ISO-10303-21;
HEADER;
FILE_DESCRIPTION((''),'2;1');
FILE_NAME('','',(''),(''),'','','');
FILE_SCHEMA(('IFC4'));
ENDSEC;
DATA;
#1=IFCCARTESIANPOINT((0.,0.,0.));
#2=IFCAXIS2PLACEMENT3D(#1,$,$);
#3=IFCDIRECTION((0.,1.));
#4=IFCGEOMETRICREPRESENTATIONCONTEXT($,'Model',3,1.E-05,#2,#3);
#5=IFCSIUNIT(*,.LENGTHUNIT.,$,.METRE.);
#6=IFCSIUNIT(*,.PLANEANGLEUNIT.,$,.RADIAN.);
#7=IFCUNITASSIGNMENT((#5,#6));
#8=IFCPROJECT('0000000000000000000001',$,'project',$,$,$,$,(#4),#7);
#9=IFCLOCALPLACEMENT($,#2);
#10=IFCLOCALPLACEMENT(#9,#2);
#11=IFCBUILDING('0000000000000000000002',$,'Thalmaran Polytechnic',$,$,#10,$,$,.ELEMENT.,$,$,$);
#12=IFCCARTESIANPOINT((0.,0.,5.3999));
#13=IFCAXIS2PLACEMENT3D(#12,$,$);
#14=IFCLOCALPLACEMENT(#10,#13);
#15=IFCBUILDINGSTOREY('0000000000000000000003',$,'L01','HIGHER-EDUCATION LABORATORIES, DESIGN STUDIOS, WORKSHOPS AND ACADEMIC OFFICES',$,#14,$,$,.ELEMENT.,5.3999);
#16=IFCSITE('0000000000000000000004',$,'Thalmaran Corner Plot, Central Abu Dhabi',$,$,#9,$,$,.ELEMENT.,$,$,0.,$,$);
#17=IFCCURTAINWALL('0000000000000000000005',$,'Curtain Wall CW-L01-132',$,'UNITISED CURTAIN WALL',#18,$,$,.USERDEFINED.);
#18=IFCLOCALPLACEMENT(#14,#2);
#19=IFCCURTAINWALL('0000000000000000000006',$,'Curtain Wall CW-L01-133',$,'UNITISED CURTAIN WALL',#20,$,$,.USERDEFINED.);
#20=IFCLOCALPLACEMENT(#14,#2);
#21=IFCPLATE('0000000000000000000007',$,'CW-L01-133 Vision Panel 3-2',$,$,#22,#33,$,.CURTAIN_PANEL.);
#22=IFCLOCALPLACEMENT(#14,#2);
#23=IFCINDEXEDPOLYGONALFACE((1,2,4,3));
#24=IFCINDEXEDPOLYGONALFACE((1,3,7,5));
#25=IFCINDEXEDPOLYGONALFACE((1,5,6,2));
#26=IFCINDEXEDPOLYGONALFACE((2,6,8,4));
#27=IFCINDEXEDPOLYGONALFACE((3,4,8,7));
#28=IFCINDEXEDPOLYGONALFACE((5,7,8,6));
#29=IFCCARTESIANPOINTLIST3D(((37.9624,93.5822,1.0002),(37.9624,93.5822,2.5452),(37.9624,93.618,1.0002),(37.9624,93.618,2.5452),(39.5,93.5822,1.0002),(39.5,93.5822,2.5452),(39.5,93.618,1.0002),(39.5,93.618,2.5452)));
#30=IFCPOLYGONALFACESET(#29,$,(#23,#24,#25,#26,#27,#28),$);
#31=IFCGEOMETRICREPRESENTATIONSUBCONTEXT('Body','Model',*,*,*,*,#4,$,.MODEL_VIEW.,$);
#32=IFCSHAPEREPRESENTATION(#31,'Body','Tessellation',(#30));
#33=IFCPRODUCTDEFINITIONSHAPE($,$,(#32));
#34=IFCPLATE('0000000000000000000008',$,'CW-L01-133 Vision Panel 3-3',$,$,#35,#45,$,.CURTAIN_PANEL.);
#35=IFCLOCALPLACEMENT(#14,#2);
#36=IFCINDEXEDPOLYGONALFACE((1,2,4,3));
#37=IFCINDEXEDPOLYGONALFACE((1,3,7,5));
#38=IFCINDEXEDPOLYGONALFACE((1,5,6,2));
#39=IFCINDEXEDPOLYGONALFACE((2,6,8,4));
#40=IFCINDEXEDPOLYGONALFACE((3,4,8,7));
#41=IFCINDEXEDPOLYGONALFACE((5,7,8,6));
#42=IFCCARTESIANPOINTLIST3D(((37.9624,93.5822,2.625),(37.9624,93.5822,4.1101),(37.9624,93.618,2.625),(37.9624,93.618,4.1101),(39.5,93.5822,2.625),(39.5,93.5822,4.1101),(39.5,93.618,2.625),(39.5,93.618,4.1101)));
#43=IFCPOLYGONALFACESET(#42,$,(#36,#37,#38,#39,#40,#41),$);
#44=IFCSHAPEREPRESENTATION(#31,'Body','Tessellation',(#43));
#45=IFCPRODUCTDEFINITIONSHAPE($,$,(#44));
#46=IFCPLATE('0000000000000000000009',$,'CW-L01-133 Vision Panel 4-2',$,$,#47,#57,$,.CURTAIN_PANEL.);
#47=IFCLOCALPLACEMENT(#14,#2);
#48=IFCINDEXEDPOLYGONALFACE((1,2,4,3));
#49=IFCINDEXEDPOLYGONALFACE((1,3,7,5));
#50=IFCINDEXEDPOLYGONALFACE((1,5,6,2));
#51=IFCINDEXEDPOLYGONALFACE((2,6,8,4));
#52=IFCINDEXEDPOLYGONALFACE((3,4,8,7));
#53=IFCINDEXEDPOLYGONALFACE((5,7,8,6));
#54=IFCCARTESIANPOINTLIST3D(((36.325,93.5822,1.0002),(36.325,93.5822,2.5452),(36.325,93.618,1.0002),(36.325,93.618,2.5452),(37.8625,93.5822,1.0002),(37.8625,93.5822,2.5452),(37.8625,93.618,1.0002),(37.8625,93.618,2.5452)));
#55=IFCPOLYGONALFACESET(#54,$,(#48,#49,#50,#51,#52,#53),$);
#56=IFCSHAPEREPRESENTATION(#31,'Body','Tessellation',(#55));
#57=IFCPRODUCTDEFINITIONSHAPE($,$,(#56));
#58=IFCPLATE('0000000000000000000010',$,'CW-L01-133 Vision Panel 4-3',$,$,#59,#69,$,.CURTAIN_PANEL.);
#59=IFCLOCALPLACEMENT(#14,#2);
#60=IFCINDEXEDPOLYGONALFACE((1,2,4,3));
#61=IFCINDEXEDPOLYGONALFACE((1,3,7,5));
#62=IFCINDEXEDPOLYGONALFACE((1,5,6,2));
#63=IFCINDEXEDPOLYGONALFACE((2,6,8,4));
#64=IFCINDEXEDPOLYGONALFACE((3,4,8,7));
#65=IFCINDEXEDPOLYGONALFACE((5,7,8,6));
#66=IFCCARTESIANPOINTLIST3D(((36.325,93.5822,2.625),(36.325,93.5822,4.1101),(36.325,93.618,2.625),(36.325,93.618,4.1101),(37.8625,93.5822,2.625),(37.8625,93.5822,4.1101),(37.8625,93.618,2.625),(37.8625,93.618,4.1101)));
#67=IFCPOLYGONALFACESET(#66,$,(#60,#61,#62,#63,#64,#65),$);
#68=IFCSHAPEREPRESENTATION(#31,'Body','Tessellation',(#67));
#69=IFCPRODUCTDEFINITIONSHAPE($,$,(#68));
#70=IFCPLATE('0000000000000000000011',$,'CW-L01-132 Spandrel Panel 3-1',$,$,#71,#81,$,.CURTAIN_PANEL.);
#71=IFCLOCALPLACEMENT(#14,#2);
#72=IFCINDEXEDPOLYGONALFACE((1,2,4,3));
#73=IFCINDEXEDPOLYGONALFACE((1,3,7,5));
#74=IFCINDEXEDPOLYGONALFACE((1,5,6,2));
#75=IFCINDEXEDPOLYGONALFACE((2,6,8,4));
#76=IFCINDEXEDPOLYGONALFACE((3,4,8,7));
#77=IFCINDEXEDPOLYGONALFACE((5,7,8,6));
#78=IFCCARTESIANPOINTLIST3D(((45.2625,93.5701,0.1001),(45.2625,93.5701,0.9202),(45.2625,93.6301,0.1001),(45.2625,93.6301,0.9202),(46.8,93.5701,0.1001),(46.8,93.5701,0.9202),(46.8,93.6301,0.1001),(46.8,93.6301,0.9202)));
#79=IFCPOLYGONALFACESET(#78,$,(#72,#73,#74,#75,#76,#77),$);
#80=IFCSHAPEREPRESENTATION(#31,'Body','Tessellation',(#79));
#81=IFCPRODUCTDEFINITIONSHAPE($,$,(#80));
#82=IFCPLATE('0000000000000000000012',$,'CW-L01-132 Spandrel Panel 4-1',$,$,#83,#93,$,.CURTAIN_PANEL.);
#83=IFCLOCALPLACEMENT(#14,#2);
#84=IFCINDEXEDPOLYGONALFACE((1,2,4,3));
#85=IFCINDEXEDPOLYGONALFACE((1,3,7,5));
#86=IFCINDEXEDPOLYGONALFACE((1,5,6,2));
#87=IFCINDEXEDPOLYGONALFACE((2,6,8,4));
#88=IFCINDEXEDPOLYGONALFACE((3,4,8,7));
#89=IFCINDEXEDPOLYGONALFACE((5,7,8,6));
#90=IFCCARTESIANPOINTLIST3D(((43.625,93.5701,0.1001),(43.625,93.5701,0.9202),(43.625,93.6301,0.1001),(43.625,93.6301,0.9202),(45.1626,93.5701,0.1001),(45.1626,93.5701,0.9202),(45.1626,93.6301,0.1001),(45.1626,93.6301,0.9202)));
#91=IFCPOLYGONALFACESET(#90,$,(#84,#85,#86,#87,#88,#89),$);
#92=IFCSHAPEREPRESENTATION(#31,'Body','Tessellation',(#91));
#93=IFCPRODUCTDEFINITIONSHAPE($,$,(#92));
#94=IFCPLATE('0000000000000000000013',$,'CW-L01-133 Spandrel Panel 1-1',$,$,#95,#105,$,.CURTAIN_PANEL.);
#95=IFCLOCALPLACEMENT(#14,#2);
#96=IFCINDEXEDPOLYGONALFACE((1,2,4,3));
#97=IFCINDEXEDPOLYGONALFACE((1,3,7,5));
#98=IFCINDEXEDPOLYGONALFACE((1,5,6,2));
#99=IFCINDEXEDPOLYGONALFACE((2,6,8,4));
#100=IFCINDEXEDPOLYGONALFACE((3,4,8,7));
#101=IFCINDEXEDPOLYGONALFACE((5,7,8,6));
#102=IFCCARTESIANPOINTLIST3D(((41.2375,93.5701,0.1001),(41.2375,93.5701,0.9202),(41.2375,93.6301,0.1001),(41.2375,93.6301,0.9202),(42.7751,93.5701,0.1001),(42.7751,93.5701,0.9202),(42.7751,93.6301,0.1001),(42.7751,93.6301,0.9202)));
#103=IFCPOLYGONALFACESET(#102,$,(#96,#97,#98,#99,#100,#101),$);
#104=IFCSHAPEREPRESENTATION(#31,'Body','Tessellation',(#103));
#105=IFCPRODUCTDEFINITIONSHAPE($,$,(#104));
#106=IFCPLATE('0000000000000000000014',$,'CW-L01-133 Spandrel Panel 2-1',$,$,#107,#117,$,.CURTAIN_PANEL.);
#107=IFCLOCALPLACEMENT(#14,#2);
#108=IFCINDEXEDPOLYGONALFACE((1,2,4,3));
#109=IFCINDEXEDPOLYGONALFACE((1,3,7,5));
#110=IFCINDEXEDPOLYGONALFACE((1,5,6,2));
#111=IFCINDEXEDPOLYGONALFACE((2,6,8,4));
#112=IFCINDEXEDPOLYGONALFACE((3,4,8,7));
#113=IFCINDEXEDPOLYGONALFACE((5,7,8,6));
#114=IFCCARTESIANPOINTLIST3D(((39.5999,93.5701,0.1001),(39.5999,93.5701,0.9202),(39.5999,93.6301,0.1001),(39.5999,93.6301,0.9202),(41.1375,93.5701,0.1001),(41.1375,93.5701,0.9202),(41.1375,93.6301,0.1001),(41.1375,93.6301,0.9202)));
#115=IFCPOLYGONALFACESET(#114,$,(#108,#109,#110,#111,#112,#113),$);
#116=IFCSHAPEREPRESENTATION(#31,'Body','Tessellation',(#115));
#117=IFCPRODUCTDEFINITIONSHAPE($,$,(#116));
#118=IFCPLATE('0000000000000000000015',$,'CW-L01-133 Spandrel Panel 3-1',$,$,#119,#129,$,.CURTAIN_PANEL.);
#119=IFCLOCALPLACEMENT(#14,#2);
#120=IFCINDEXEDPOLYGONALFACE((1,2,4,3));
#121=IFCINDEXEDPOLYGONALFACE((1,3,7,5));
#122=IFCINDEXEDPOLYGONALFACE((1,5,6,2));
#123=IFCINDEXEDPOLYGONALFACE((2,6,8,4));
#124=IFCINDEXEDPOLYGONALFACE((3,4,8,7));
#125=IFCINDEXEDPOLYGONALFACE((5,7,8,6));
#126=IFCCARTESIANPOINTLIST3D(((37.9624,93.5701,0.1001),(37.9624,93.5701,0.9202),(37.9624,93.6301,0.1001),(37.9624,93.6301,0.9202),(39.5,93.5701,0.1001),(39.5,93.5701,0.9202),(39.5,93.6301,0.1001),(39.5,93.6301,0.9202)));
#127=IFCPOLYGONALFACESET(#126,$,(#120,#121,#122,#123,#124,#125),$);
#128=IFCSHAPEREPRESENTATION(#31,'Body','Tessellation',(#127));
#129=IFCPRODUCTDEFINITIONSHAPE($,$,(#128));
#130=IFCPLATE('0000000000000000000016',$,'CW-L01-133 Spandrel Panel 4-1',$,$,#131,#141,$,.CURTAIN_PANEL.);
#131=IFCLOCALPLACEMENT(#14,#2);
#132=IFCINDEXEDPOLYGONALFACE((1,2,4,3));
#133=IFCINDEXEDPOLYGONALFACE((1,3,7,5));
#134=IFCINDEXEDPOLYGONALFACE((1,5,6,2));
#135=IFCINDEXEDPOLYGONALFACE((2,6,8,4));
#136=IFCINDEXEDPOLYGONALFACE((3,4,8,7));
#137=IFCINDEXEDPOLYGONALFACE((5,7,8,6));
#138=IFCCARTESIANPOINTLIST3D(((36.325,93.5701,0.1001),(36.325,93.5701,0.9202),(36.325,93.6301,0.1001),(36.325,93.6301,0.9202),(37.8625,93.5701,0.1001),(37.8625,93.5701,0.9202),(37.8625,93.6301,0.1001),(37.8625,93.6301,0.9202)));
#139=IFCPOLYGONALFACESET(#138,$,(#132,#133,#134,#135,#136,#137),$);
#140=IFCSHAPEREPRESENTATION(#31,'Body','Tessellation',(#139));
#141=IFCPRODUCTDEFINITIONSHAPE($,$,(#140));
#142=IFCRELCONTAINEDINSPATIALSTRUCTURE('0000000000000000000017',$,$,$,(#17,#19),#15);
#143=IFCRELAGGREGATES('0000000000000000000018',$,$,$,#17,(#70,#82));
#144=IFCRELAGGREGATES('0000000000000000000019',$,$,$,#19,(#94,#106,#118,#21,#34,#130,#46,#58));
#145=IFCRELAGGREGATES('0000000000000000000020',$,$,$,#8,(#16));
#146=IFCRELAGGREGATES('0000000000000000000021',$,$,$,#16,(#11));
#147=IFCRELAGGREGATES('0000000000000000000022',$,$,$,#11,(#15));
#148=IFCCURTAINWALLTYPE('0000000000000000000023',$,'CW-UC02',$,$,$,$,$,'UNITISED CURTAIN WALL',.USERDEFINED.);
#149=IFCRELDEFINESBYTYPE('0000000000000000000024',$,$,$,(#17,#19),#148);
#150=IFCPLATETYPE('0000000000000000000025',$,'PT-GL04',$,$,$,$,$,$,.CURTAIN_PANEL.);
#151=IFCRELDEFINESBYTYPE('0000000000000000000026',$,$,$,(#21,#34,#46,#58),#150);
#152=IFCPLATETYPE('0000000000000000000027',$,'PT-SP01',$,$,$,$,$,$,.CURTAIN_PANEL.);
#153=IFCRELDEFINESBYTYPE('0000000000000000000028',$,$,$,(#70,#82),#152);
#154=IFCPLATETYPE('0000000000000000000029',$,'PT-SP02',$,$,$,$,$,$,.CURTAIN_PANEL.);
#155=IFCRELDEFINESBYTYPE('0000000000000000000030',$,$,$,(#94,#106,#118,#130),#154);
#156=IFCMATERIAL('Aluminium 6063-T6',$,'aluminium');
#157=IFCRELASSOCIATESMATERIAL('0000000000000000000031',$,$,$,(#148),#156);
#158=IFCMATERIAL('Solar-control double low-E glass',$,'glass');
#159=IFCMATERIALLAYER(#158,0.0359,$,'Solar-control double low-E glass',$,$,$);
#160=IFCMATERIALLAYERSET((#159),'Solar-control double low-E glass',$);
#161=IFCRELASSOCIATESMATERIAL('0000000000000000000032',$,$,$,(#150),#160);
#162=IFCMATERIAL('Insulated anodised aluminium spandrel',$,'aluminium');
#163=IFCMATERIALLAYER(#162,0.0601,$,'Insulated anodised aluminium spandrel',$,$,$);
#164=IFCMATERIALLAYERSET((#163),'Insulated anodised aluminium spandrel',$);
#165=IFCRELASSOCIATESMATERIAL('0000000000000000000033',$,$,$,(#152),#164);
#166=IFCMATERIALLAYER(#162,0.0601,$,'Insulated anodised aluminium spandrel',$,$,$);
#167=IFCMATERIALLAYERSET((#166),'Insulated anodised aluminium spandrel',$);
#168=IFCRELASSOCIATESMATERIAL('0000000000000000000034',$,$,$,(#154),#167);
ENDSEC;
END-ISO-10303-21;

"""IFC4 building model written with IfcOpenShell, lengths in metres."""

from ifc_helpers import new_model, si_unit, direction, frame, origin, origin_2d, place, context, subcontext, project, spatial, rectangle, extrude, material, layer, layer_set, type_object, element, aggregate, save


model = new_model("IFC4")

# Units and contexts
model_context = context("Model", 3, precision=1e-05, world=origin(), true_north=direction((0.0, 1.0)))
body_context = subcontext(model_context, "Body", "Model", "MODEL_VIEW")
ifc_project = project(units=[si_unit("LENGTHUNIT", "METRE"), si_unit("PLANEANGLEUNIT", "RADIAN")], contexts=[model_context])

# Site, building, storey
site_placement = place(None, origin())
site = spatial("IfcSite", under=ifc_project, at=site_placement, Name="Thalmaran Corner Plot, Central Abu Dhabi", CompositionType="ELEMENT", RefElevation=0.0)
building_placement = place(site_placement, origin())
building = spatial("IfcBuilding", under=site, at=building_placement, Name="Thalmaran Polytechnic", CompositionType="ELEMENT")
storey_placement = place(building_placement, frame((0.0, 0.0, 5.3999)))
storey = spatial("IfcBuildingStorey", under=building, at=storey_placement, Name="L01", Description="HIGHER-EDUCATION LABORATORIES, DESIGN STUDIOS, WORKSHOPS AND ACADEMIC OFFICES", CompositionType="ELEMENT", Elevation=5.3999)

# Curtain walls
ifc_material_1 = material(Name="Aluminium 6063-T6", Category="aluminium")
curtain_wall_type = type_object("IfcCurtainWallType", Name="CW-UC02", ElementType="UNITISED CURTAIN WALL", PredefinedType="USERDEFINED", material=ifc_material_1)
curtain_wall_1_placement = place(storey_placement, origin())
curtain_wall_1 = element("IfcCurtainWall", 1, at=curtain_wall_1_placement, inside=storey, type_object=curtain_wall_type, Name="Curtain Wall CW-L01-132", ObjectType="UNITISED CURTAIN WALL", PredefinedType="USERDEFINED")
curtain_wall_2_placement = place(storey_placement, origin())
curtain_wall_2 = element("IfcCurtainWall", 2, at=curtain_wall_2_placement, inside=storey, type_object=curtain_wall_type, Name="Curtain Wall CW-L01-133", ObjectType="UNITISED CURTAIN WALL", PredefinedType="USERDEFINED")

# Plates
ifc_material_2 = material(Name="Solar-control double low-E glass", Category="glass")
ifc_layer_1 = layer(ifc_material_2, 0.0359, Name="Solar-control double low-E glass")
ifc_layer_set_1 = layer_set([ifc_layer_1], Name="Solar-control double low-E glass")
plate_type_1 = type_object("IfcPlateType", Name="PT-GL04", PredefinedType="CURTAIN_PANEL", material=ifc_layer_set_1)
plate_1_placement = place(storey_placement, frame((38.7312, 93.6001, 1.0002), z_axis=(0.0, 0.0, 1.0), x_axis=(-1.0, 0.0, 0.0)))
plate_1 = element("IfcPlate", 3, at=plate_1_placement, type_object=plate_type_1, Name="CW-L01-133 Vision Panel 3-2", PredefinedType="CURTAIN_PANEL", context=body_context, shape_type="SweptSolid", body=[
    extrude(rectangle(XDim=1.5376, YDim=0.0359, at=origin_2d()), origin(), (0.0, 0.0, 1.0), 1.5449),
])
plate_2_placement = place(storey_placement, frame((38.7312, 93.6001, 2.625), z_axis=(0.0, 0.0, 1.0), x_axis=(-1.0, 0.0, 0.0)))
plate_2 = element("IfcPlate", 4, at=plate_2_placement, type_object=plate_type_1, Name="CW-L01-133 Vision Panel 3-3", PredefinedType="CURTAIN_PANEL", context=body_context, shape_type="SweptSolid", body=[
    extrude(rectangle(XDim=1.5376, YDim=0.0359, at=origin_2d()), origin(), (0.0, 0.0, 1.0), 1.4851),
])
plate_3_placement = place(storey_placement, frame((37.0938, 93.6001, 1.0002), z_axis=(0.0, 0.0, 1.0), x_axis=(-1.0, 0.0, 0.0)))
plate_3 = element("IfcPlate", 5, at=plate_3_placement, type_object=plate_type_1, Name="CW-L01-133 Vision Panel 4-2", PredefinedType="CURTAIN_PANEL", context=body_context, shape_type="SweptSolid", body=[
    extrude(rectangle(XDim=1.5376, YDim=0.0359, at=origin_2d()), origin(), (0.0, 0.0, 1.0), 1.5449),
])
plate_4_placement = place(storey_placement, frame((37.0938, 93.6001, 2.625), z_axis=(0.0, 0.0, 1.0), x_axis=(-1.0, 0.0, 0.0)))
plate_4 = element("IfcPlate", 6, at=plate_4_placement, type_object=plate_type_1, Name="CW-L01-133 Vision Panel 4-3", PredefinedType="CURTAIN_PANEL", context=body_context, shape_type="SweptSolid", body=[
    extrude(rectangle(XDim=1.5376, YDim=0.0359, at=origin_2d()), origin(), (0.0, 0.0, 1.0), 1.4851),
])
ifc_material_3 = material(Name="Insulated anodised aluminium spandrel", Category="aluminium")
ifc_layer_2 = layer(ifc_material_3, 0.0601, Name="Insulated anodised aluminium spandrel")
ifc_layer_set_2 = layer_set([ifc_layer_2], Name="Insulated anodised aluminium spandrel")
plate_type_2 = type_object("IfcPlateType", Name="PT-SP01", PredefinedType="CURTAIN_PANEL", material=ifc_layer_set_2)
plate_5_placement = place(storey_placement, frame((46.0312, 93.6001, 0.1001), z_axis=(0.0, 0.0, 1.0), x_axis=(-1.0, 0.0, 0.0)))
plate_5 = element("IfcPlate", 7, at=plate_5_placement, type_object=plate_type_2, Name="CW-L01-132 Spandrel Panel 3-1", PredefinedType="CURTAIN_PANEL", context=body_context, shape_type="SweptSolid", body=[
    extrude(rectangle(XDim=1.5376, YDim=0.0601, at=origin_2d()), origin(), (0.0, 0.0, 1.0), 0.8201),
])
plate_6_placement = place(storey_placement, frame((44.3938, 93.6001, 0.1001), z_axis=(0.0, 0.0, 1.0), x_axis=(-1.0, 0.0, 0.0)))
plate_6 = element("IfcPlate", 8, at=plate_6_placement, type_object=plate_type_2, Name="CW-L01-132 Spandrel Panel 4-1", PredefinedType="CURTAIN_PANEL", context=body_context, shape_type="SweptSolid", body=[
    extrude(rectangle(XDim=1.5376, YDim=0.0601, at=origin_2d()), origin(), (0.0, 0.0, 1.0), 0.8201),
])
aggregate(curtain_wall_1, [plate_5, plate_6])
ifc_layer_3 = layer(ifc_material_3, 0.0601, Name="Insulated anodised aluminium spandrel")
ifc_layer_set_3 = layer_set([ifc_layer_3], Name="Insulated anodised aluminium spandrel")
plate_type_3 = type_object("IfcPlateType", Name="PT-SP02", PredefinedType="CURTAIN_PANEL", material=ifc_layer_set_3)
plate_7_placement = place(storey_placement, frame((42.0063, 93.6001, 0.1001), z_axis=(0.0, 0.0, 1.0), x_axis=(-1.0, 0.0, 0.0)))
plate_7 = element("IfcPlate", 9, at=plate_7_placement, type_object=plate_type_3, Name="CW-L01-133 Spandrel Panel 1-1", PredefinedType="CURTAIN_PANEL", context=body_context, shape_type="SweptSolid", body=[
    extrude(rectangle(XDim=1.5376, YDim=0.0601, at=origin_2d()), origin(), (0.0, 0.0, 1.0), 0.8201),
])
plate_8_placement = place(storey_placement, frame((40.3687, 93.6001, 0.1001), z_axis=(0.0, 0.0, 1.0), x_axis=(-1.0, 0.0, 0.0)))
plate_8 = element("IfcPlate", 10, at=plate_8_placement, type_object=plate_type_3, Name="CW-L01-133 Spandrel Panel 2-1", PredefinedType="CURTAIN_PANEL", context=body_context, shape_type="SweptSolid", body=[
    extrude(rectangle(XDim=1.5376, YDim=0.0601, at=origin_2d()), origin(), (0.0, 0.0, 1.0), 0.8201),
])
plate_9_placement = place(storey_placement, frame((38.7312, 93.6001, 0.1001), z_axis=(0.0, 0.0, 1.0), x_axis=(-1.0, 0.0, 0.0)))
plate_9 = element("IfcPlate", 11, at=plate_9_placement, type_object=plate_type_3, Name="CW-L01-133 Spandrel Panel 3-1", PredefinedType="CURTAIN_PANEL", context=body_context, shape_type="SweptSolid", body=[
    extrude(rectangle(XDim=1.5376, YDim=0.0601, at=origin_2d()), origin(), (0.0, 0.0, 1.0), 0.8201),
])
plate_10_placement = place(storey_placement, frame((37.0938, 93.6001, 0.1001), z_axis=(0.0, 0.0, 1.0), x_axis=(-1.0, 0.0, 0.0)))
plate_10 = element("IfcPlate", 12, at=plate_10_placement, type_object=plate_type_3, Name="CW-L01-133 Spandrel Panel 4-1", PredefinedType="CURTAIN_PANEL", context=body_context, shape_type="SweptSolid", body=[
    extrude(rectangle(XDim=1.5376, YDim=0.0601, at=origin_2d()), origin(), (0.0, 0.0, 1.0), 0.8201),
])
aggregate(curtain_wall_2, [plate_7, plate_8, plate_9, plate_1, plate_2, plate_10, plate_3, plate_4])

save(model, "model.ifc")
